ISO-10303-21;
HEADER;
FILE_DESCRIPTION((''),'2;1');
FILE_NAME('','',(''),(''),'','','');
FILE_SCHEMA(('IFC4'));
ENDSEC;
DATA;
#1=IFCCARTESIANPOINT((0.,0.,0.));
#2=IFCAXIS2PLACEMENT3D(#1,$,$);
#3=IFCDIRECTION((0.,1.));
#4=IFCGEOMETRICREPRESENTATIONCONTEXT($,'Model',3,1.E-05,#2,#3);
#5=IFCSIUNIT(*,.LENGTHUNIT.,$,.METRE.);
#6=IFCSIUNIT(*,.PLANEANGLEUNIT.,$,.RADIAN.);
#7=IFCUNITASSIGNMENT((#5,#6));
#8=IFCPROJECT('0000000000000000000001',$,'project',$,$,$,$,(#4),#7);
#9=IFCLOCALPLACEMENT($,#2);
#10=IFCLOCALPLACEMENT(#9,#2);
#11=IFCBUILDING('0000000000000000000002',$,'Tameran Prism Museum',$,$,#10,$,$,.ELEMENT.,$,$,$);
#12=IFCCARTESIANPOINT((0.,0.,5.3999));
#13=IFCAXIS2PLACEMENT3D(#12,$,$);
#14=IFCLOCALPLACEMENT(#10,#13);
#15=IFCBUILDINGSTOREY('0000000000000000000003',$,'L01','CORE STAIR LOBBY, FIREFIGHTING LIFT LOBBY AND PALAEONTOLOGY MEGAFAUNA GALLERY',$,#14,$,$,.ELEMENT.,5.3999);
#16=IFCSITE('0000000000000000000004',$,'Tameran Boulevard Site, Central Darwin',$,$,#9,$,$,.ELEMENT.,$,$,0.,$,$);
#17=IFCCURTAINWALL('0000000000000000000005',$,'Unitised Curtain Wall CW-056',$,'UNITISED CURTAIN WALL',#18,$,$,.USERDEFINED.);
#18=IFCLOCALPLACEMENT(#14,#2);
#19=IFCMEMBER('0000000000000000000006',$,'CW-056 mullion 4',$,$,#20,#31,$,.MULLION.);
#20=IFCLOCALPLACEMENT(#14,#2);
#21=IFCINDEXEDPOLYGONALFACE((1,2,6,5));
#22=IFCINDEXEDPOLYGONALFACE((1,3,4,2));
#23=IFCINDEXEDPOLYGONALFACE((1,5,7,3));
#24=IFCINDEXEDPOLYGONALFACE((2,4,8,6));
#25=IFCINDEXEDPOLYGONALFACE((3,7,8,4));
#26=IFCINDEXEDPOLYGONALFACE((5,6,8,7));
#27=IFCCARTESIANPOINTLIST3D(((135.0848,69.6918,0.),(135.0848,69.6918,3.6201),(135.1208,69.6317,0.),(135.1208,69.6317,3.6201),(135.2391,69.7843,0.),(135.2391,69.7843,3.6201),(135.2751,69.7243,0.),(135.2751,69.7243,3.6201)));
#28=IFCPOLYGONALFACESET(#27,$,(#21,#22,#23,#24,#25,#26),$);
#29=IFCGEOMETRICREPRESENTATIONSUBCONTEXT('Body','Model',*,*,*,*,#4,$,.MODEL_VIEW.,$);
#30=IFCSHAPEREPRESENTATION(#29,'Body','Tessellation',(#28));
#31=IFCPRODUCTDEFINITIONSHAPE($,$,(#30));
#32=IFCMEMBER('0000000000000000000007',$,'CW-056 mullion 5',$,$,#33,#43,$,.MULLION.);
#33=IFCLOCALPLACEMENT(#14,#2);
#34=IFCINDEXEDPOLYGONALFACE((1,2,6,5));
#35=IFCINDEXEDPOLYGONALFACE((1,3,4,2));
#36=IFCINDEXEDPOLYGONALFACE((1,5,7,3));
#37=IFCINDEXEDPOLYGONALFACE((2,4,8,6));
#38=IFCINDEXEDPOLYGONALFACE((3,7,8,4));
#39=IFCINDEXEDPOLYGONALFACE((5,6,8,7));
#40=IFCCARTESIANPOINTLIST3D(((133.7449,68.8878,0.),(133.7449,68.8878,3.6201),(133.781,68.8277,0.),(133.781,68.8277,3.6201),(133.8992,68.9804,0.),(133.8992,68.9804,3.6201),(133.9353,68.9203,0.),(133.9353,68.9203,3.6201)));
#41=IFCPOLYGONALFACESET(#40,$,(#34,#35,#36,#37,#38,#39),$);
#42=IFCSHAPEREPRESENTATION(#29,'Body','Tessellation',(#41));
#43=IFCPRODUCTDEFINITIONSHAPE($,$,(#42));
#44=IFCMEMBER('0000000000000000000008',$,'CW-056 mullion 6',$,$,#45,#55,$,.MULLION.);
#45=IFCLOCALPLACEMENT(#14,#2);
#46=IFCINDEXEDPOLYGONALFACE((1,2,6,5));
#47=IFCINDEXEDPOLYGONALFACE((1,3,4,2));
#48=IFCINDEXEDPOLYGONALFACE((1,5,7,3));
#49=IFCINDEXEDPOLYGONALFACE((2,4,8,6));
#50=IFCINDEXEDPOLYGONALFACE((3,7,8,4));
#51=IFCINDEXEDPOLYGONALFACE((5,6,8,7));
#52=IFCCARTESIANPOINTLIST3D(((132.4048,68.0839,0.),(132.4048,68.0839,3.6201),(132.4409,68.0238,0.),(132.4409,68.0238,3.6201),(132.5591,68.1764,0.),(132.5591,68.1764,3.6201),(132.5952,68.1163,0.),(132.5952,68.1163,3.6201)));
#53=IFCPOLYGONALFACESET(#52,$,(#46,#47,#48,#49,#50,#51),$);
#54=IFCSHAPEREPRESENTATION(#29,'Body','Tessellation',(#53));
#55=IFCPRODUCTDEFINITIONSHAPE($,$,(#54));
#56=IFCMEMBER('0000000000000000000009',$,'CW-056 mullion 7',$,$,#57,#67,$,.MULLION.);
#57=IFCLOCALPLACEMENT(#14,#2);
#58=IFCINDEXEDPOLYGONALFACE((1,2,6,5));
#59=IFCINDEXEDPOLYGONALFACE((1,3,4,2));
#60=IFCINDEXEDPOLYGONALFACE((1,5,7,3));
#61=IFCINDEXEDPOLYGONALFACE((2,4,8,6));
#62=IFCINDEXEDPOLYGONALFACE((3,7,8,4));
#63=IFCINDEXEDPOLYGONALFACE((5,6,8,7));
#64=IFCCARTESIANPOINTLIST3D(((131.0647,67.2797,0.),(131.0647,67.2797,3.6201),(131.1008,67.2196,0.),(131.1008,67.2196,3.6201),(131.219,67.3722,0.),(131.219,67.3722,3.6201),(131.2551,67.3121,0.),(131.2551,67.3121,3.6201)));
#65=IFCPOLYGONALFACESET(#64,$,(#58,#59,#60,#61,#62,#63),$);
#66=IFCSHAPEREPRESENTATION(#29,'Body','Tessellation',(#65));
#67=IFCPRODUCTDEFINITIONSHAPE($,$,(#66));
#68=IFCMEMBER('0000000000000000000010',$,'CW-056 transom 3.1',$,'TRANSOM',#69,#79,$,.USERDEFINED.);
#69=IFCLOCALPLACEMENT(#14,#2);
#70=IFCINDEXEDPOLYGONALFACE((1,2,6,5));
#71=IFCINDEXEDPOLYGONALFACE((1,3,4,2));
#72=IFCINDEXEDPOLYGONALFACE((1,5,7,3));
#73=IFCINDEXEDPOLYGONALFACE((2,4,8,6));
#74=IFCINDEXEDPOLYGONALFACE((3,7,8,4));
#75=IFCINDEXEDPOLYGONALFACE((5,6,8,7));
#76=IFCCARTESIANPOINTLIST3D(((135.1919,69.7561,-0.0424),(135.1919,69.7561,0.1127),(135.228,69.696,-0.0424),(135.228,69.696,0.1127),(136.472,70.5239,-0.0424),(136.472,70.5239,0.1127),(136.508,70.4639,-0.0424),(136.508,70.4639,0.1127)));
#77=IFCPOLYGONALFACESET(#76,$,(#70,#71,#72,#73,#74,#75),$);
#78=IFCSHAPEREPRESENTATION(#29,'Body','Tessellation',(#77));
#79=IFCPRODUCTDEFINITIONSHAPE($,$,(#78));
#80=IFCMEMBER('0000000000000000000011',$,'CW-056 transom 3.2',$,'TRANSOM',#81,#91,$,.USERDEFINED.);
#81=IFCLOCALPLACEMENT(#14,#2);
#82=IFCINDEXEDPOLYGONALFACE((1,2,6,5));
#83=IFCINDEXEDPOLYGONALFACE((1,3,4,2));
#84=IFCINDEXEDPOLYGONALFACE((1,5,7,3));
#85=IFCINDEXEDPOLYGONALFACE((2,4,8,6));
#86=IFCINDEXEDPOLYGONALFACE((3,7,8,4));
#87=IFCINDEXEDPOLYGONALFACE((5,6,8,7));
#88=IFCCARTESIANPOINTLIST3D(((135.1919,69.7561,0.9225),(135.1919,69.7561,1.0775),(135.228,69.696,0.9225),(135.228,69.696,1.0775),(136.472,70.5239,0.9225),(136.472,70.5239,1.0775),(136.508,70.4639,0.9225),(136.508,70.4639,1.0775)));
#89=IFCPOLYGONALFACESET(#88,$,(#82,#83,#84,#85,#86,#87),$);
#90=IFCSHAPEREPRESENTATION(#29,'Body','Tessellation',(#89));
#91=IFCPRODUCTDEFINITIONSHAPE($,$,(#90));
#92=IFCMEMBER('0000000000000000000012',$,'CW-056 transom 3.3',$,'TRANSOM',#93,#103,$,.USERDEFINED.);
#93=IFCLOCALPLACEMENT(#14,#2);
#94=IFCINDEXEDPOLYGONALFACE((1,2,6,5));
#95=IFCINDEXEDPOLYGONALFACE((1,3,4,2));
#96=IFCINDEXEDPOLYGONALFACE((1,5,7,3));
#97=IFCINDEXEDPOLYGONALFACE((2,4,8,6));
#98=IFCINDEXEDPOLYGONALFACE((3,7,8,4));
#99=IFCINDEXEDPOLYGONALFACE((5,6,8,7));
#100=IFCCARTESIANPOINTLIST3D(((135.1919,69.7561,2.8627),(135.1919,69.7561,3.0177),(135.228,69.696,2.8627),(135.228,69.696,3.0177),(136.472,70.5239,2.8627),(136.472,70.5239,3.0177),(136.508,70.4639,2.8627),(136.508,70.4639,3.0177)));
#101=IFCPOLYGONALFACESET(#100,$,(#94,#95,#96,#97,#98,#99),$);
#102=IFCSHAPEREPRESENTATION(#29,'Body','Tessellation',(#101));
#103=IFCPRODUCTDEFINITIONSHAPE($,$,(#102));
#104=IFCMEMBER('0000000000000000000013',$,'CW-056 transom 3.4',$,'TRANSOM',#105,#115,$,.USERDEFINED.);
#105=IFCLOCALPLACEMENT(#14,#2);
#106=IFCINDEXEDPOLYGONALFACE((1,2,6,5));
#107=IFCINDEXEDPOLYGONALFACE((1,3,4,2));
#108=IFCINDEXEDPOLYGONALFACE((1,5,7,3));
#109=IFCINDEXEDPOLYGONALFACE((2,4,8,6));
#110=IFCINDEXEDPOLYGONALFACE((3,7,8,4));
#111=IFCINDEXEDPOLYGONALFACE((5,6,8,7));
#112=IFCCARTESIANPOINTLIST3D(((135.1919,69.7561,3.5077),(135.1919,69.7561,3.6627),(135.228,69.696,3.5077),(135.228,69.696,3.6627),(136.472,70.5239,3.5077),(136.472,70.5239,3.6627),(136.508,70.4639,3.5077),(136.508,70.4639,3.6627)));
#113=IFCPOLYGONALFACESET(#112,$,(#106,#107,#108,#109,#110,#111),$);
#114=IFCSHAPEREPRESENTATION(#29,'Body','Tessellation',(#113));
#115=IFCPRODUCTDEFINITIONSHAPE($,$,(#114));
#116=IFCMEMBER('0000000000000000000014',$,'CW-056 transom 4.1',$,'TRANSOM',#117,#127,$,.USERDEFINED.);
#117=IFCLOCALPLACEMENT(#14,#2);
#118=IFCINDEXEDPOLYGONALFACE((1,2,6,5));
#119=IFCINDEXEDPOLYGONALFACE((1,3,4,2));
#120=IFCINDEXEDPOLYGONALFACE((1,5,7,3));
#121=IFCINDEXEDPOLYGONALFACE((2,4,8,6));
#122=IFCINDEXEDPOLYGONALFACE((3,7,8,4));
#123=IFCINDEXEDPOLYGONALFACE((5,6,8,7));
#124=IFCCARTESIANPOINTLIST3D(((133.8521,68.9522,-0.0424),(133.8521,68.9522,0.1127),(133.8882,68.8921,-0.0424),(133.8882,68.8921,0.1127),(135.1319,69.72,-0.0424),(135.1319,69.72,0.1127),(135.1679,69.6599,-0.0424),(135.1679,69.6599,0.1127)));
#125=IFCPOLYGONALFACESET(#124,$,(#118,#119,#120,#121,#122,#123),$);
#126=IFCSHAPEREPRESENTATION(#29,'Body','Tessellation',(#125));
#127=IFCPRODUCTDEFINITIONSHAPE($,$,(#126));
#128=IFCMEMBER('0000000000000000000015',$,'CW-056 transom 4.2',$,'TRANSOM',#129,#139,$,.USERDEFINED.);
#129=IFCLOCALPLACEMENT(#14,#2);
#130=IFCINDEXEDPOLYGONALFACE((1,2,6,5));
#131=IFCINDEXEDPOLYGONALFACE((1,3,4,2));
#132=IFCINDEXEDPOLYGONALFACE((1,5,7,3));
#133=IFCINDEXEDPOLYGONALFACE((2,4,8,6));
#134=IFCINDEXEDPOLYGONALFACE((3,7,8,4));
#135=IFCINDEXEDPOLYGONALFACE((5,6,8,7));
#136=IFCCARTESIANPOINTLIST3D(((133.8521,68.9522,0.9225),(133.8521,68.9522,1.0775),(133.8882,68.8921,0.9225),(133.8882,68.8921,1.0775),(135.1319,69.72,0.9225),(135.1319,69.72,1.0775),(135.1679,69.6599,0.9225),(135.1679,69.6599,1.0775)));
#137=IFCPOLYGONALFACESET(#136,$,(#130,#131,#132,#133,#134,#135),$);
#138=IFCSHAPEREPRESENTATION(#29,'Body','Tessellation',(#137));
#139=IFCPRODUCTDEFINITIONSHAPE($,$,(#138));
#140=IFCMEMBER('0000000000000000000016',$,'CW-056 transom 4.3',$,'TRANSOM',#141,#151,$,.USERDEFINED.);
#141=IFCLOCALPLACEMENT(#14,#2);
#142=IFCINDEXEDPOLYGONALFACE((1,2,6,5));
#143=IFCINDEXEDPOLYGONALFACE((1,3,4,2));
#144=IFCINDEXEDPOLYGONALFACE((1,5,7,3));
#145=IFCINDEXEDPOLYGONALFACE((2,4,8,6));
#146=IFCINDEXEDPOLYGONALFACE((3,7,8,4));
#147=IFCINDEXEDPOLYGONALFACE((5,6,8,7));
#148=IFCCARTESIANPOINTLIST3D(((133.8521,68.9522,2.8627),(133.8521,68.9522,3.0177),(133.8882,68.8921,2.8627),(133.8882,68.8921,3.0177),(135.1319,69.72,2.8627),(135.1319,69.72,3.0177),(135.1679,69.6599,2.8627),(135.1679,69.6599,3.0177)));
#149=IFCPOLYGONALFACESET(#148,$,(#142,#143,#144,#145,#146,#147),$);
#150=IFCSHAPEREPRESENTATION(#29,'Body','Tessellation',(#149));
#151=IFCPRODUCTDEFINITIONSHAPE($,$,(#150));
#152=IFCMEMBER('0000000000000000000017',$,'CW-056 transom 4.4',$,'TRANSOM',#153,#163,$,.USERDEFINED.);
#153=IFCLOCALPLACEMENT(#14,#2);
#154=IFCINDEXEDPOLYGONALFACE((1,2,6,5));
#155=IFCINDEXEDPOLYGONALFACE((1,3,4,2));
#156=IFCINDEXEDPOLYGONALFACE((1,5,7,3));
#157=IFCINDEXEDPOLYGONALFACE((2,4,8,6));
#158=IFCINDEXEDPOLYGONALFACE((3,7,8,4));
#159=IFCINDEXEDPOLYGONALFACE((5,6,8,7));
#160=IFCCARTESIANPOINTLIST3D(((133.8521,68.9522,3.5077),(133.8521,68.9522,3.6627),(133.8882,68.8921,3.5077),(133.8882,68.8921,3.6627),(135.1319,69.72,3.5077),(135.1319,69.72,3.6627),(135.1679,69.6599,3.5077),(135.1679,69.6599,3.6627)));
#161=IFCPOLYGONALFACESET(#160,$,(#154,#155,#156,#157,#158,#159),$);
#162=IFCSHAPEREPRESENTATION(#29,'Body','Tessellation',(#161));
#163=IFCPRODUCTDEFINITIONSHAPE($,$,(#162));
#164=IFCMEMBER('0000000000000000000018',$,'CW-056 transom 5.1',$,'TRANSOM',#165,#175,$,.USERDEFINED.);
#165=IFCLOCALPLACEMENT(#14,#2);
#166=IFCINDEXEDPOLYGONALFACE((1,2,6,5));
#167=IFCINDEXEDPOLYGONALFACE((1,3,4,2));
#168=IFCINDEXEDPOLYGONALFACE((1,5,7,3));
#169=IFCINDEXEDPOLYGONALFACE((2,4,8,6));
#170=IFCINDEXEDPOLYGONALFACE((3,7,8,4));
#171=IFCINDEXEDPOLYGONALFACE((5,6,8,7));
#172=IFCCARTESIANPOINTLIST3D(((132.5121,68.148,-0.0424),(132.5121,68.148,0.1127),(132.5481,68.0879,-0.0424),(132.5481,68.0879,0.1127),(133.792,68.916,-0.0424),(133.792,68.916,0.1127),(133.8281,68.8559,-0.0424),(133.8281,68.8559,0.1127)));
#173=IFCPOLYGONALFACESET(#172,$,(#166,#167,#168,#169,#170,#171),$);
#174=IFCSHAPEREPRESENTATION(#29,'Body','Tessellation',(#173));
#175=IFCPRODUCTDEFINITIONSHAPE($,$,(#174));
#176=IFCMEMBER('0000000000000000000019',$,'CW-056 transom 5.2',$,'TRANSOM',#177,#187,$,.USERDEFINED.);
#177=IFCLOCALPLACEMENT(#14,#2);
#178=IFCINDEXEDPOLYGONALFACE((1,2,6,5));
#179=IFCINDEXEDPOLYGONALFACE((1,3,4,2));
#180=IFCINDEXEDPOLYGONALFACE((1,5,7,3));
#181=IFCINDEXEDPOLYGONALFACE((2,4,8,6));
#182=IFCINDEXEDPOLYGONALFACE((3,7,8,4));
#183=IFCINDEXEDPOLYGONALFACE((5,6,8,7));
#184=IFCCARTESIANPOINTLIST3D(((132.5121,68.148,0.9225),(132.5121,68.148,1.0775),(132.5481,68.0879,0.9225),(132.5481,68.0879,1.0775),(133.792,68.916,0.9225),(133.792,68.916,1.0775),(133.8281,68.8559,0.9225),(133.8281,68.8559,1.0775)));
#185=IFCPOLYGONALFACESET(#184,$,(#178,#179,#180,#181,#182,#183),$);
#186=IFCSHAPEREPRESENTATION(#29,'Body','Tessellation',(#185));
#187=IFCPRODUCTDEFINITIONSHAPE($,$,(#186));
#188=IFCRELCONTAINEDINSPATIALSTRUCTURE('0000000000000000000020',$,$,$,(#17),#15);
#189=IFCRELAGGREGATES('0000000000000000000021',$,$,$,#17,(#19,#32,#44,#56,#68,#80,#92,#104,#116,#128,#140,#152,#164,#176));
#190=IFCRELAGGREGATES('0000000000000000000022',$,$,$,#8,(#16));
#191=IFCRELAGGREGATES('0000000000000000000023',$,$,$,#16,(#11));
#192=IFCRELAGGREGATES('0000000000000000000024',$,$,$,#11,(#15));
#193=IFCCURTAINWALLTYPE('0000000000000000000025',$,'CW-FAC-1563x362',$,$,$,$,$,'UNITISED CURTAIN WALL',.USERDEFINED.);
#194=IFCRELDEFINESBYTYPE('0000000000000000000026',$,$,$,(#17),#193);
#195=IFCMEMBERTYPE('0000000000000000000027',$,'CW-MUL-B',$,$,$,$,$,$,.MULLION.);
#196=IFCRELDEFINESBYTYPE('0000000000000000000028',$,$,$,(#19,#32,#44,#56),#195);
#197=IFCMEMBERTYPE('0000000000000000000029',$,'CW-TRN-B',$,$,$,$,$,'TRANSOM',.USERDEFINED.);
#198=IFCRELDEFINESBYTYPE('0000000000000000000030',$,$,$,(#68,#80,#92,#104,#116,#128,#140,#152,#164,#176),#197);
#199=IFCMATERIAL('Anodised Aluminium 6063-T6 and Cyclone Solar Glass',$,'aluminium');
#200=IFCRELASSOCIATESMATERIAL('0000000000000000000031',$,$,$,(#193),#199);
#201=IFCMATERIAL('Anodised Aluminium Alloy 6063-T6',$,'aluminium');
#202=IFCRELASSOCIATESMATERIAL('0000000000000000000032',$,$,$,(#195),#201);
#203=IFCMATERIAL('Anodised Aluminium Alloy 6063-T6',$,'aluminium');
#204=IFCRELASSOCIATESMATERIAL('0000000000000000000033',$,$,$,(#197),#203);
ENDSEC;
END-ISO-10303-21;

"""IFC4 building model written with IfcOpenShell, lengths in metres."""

from ifc_helpers import new_model, si_unit, direction, frame, origin, origin_2d, place, context, subcontext, project, spatial, rectangle, extrude, material, material_profile, profile_set, type_object, element, aggregate, save


model = new_model("IFC4")

# Units and contexts
model_context = context("Model", 3, precision=1e-05, world=origin(), true_north=direction((0.0, 1.0)))
body_context = subcontext(model_context, "Body", "Model", "MODEL_VIEW")
ifc_project = project(units=[si_unit("LENGTHUNIT", "METRE"), si_unit("PLANEANGLEUNIT", "RADIAN")], contexts=[model_context])

# Site, building, storey
site_placement = place(None, origin())
site = spatial("IfcSite", under=ifc_project, at=site_placement, Name="Tameran Boulevard Site, Central Darwin", CompositionType="ELEMENT", RefElevation=0.0)
building_placement = place(site_placement, origin())
building = spatial("IfcBuilding", under=site, at=building_placement, Name="Tameran Prism Museum", CompositionType="ELEMENT")
storey_placement = place(building_placement, frame((0.0, 0.0, 5.3999)))
storey = spatial("IfcBuildingStorey", under=building, at=storey_placement, Name="L01", Description="CORE STAIR LOBBY, FIREFIGHTING LIFT LOBBY AND PALAEONTOLOGY MEGAFAUNA GALLERY", CompositionType="ELEMENT", Elevation=5.3999)

# Curtain wall, members
ifc_material_1 = material(Name="Anodised Aluminium 6063-T6 and Cyclone Solar Glass", Category="aluminium")
curtain_wall_type = type_object("IfcCurtainWallType", Name="CW-FAC-1563x362", ElementType="UNITISED CURTAIN WALL", PredefinedType="USERDEFINED", material=ifc_material_1)
curtain_wall_placement = place(storey_placement, origin())
curtain_wall = element("IfcCurtainWall", 1, at=curtain_wall_placement, inside=storey, type_object=curtain_wall_type, Name="Unitised Curtain Wall CW-056", ObjectType="UNITISED CURTAIN WALL", PredefinedType="USERDEFINED")
ifc_material_2 = material(Name="Anodised Aluminium Alloy 6063-T6", Category="aluminium")
ifc_material_profile_1 = material_profile(ifc_material_2, rectangle(XDim=0.0701, YDim=0.1799, at=origin_2d()))
ifc_profile_set_1 = profile_set([ifc_material_profile_1])
member_type_1 = type_object("IfcMemberType", Name="CW-MUL-B", PredefinedType="MULLION", material=ifc_profile_set_1)
member_1_placement = place(storey_placement, frame((135.1799, 69.708, 0.0), z_axis=(0.0, 0.0, 1.0), x_axis=(0.514496, -0.857493, 0.0)))
member_1 = element("IfcMember", 2, at=member_1_placement, type_object=member_type_1, Name="CW-056 mullion 4", PredefinedType="MULLION", context=body_context, shape_type="SweptSolid", body=[
    extrude(rectangle(XDim=0.0701, YDim=0.1799, at=origin_2d()), origin(), (0.0, 0.0, 1.0), 3.6201),
])
member_2_placement = place(storey_placement, frame((133.8401, 68.9041, 0.0), z_axis=(0.0, 0.0, 1.0), x_axis=(0.514496, -0.857493, 0.0)))
member_2 = element("IfcMember", 3, at=member_2_placement, type_object=member_type_1, Name="CW-056 mullion 5", PredefinedType="MULLION", context=body_context, shape_type="SweptSolid", body=[
    extrude(rectangle(XDim=0.0701, YDim=0.1799, at=origin_2d()), origin(), (0.0, 0.0, 1.0), 3.6201),
])
member_3_placement = place(storey_placement, frame((132.5, 68.1001, 0.0), z_axis=(0.0, 0.0, 1.0), x_axis=(0.514496, -0.857493, 0.0)))
member_3 = element("IfcMember", 4, at=member_3_placement, type_object=member_type_1, Name="CW-056 mullion 6", PredefinedType="MULLION", context=body_context, shape_type="SweptSolid", body=[
    extrude(rectangle(XDim=0.0701, YDim=0.1799, at=origin_2d()), origin(), (0.0, 0.0, 1.0), 3.6201),
])
member_4_placement = place(storey_placement, frame((131.1599, 67.2959, 0.0), z_axis=(0.0, 0.0, 1.0), x_axis=(0.514496, -0.857493, 0.0)))
member_4 = element("IfcMember", 5, at=member_4_placement, type_object=member_type_1, Name="CW-056 mullion 7", PredefinedType="MULLION", context=body_context, shape_type="SweptSolid", body=[
    extrude(rectangle(XDim=0.0701, YDim=0.1799, at=origin_2d()), origin(), (0.0, 0.0, 1.0), 3.6201),
])
ifc_material_3 = material(Name="Anodised Aluminium Alloy 6063-T6", Category="aluminium")
ifc_material_profile_2 = material_profile(ifc_material_3, rectangle(XDim=0.0701, YDim=0.155, at=origin_2d()))
ifc_profile_set_2 = profile_set([ifc_material_profile_2])
member_type_2 = type_object("IfcMemberType", Name="CW-TRN-B", ElementType="TRANSOM", PredefinedType="USERDEFINED", material=ifc_profile_set_2)
member_5_placement = place(storey_placement, frame((136.49, 70.4939, 0.0352), z_axis=(-0.857551, -0.5144, 0.0), x_axis=(0.5144, -0.857551, 0.0)))
member_5 = element("IfcMember", 6, at=member_5_placement, type_object=member_type_2, Name="CW-056 transom 3.1", ObjectType="TRANSOM", PredefinedType="USERDEFINED", context=body_context, shape_type="SweptSolid", body=[
    extrude(rectangle(XDim=0.0701, YDim=0.155, at=origin_2d()), origin(), (0.0, 0.0, 1.0), 1.4927),
])
member_6_placement = place(storey_placement, frame((136.49, 70.4939, 1.0), z_axis=(-0.857551, -0.5144, 0.0), x_axis=(0.5144, -0.857551, 0.0)))
member_6 = element("IfcMember", 7, at=member_6_placement, type_object=member_type_2, Name="CW-056 transom 3.2", ObjectType="TRANSOM", PredefinedType="USERDEFINED", context=body_context, shape_type="SweptSolid", body=[
    extrude(rectangle(XDim=0.0701, YDim=0.155, at=origin_2d()), origin(), (0.0, 0.0, 1.0), 1.4927),
])
member_7_placement = place(storey_placement, frame((136.49, 70.4939, 2.9402), z_axis=(-0.857551, -0.5144, 0.0), x_axis=(0.5144, -0.857551, 0.0)))
member_7 = element("IfcMember", 8, at=member_7_placement, type_object=member_type_2, Name="CW-056 transom 3.3", ObjectType="TRANSOM", PredefinedType="USERDEFINED", context=body_context, shape_type="SweptSolid", body=[
    extrude(rectangle(XDim=0.0701, YDim=0.155, at=origin_2d()), origin(), (0.0, 0.0, 1.0), 1.4927),
])
member_8_placement = place(storey_placement, frame((136.49, 70.4939, 3.5852), z_axis=(-0.857551, -0.5144, 0.0), x_axis=(0.5144, -0.857551, 0.0)))
member_8 = element("IfcMember", 9, at=member_8_placement, type_object=member_type_2, Name="CW-056 transom 3.4", ObjectType="TRANSOM", PredefinedType="USERDEFINED", context=body_context, shape_type="SweptSolid", body=[
    extrude(rectangle(XDim=0.0701, YDim=0.155, at=origin_2d()), origin(), (0.0, 0.0, 1.0), 1.4927),
])
member_9_placement = place(storey_placement, frame((135.1499, 69.6899, 0.0352), z_axis=(-0.857507, -0.514472, 0.0), x_axis=(0.514472, -0.857507, 0.0)))
member_9 = element("IfcMember", 10, at=member_9_placement, type_object=member_type_2, Name="CW-056 transom 4.1", ObjectType="TRANSOM", PredefinedType="USERDEFINED", context=body_context, shape_type="SweptSolid", body=[
    extrude(rectangle(XDim=0.0701, YDim=0.155, at=origin_2d()), origin(), (0.0, 0.0, 1.0), 1.4924),
])
member_10_placement = place(storey_placement, frame((135.1499, 69.6899, 1.0), z_axis=(-0.857507, -0.514472, 0.0), x_axis=(0.514472, -0.857507, 0.0)))
member_10 = element("IfcMember", 11, at=member_10_placement, type_object=member_type_2, Name="CW-056 transom 4.2", ObjectType="TRANSOM", PredefinedType="USERDEFINED", context=body_context, shape_type="SweptSolid", body=[
    extrude(rectangle(XDim=0.0701, YDim=0.155, at=origin_2d()), origin(), (0.0, 0.0, 1.0), 1.4924),
])
member_11_placement = place(storey_placement, frame((135.1499, 69.6899, 2.9402), z_axis=(-0.857507, -0.514472, 0.0), x_axis=(0.514472, -0.857507, 0.0)))
member_11 = element("IfcMember", 12, at=member_11_placement, type_object=member_type_2, Name="CW-056 transom 4.3", ObjectType="TRANSOM", PredefinedType="USERDEFINED", context=body_context, shape_type="SweptSolid", body=[
    extrude(rectangle(XDim=0.0701, YDim=0.155, at=origin_2d()), origin(), (0.0, 0.0, 1.0), 1.4924),
])
member_12_placement = place(storey_placement, frame((135.1499, 69.6899, 3.5852), z_axis=(-0.857507, -0.514472, 0.0), x_axis=(0.514472, -0.857507, 0.0)))
member_12 = element("IfcMember", 13, at=member_12_placement, type_object=member_type_2, Name="CW-056 transom 4.4", ObjectType="TRANSOM", PredefinedType="USERDEFINED", context=body_context, shape_type="SweptSolid", body=[
    extrude(rectangle(XDim=0.0701, YDim=0.155, at=origin_2d()), origin(), (0.0, 0.0, 1.0), 1.4924),
])
member_13_placement = place(storey_placement, frame((133.8101, 68.886, 0.0352), z_axis=(-0.857478, -0.51452, 0.0), x_axis=(0.51452, -0.857478, 0.0)))
member_13 = element("IfcMember", 14, at=member_13_placement, type_object=member_type_2, Name="CW-056 transom 5.1", ObjectType="TRANSOM", PredefinedType="USERDEFINED", context=body_context, shape_type="SweptSolid", body=[
    extrude(rectangle(XDim=0.0701, YDim=0.155, at=origin_2d()), origin(), (0.0, 0.0, 1.0), 1.4927),
])
member_14_placement = place(storey_placement, frame((133.8101, 68.886, 1.0), z_axis=(-0.857478, -0.51452, 0.0), x_axis=(0.51452, -0.857478, 0.0)))
member_14 = element("IfcMember", 15, at=member_14_placement, type_object=member_type_2, Name="CW-056 transom 5.2", ObjectType="TRANSOM", PredefinedType="USERDEFINED", context=body_context, shape_type="SweptSolid", body=[
    extrude(rectangle(XDim=0.0701, YDim=0.155, at=origin_2d()), origin(), (0.0, 0.0, 1.0), 1.4927),
])
aggregate(curtain_wall, [member_1, member_2, member_3, member_4, member_5, member_6, member_7, member_8, member_9, member_10, member_11, member_12, member_13, member_14])

save(model, "model.ifc")
